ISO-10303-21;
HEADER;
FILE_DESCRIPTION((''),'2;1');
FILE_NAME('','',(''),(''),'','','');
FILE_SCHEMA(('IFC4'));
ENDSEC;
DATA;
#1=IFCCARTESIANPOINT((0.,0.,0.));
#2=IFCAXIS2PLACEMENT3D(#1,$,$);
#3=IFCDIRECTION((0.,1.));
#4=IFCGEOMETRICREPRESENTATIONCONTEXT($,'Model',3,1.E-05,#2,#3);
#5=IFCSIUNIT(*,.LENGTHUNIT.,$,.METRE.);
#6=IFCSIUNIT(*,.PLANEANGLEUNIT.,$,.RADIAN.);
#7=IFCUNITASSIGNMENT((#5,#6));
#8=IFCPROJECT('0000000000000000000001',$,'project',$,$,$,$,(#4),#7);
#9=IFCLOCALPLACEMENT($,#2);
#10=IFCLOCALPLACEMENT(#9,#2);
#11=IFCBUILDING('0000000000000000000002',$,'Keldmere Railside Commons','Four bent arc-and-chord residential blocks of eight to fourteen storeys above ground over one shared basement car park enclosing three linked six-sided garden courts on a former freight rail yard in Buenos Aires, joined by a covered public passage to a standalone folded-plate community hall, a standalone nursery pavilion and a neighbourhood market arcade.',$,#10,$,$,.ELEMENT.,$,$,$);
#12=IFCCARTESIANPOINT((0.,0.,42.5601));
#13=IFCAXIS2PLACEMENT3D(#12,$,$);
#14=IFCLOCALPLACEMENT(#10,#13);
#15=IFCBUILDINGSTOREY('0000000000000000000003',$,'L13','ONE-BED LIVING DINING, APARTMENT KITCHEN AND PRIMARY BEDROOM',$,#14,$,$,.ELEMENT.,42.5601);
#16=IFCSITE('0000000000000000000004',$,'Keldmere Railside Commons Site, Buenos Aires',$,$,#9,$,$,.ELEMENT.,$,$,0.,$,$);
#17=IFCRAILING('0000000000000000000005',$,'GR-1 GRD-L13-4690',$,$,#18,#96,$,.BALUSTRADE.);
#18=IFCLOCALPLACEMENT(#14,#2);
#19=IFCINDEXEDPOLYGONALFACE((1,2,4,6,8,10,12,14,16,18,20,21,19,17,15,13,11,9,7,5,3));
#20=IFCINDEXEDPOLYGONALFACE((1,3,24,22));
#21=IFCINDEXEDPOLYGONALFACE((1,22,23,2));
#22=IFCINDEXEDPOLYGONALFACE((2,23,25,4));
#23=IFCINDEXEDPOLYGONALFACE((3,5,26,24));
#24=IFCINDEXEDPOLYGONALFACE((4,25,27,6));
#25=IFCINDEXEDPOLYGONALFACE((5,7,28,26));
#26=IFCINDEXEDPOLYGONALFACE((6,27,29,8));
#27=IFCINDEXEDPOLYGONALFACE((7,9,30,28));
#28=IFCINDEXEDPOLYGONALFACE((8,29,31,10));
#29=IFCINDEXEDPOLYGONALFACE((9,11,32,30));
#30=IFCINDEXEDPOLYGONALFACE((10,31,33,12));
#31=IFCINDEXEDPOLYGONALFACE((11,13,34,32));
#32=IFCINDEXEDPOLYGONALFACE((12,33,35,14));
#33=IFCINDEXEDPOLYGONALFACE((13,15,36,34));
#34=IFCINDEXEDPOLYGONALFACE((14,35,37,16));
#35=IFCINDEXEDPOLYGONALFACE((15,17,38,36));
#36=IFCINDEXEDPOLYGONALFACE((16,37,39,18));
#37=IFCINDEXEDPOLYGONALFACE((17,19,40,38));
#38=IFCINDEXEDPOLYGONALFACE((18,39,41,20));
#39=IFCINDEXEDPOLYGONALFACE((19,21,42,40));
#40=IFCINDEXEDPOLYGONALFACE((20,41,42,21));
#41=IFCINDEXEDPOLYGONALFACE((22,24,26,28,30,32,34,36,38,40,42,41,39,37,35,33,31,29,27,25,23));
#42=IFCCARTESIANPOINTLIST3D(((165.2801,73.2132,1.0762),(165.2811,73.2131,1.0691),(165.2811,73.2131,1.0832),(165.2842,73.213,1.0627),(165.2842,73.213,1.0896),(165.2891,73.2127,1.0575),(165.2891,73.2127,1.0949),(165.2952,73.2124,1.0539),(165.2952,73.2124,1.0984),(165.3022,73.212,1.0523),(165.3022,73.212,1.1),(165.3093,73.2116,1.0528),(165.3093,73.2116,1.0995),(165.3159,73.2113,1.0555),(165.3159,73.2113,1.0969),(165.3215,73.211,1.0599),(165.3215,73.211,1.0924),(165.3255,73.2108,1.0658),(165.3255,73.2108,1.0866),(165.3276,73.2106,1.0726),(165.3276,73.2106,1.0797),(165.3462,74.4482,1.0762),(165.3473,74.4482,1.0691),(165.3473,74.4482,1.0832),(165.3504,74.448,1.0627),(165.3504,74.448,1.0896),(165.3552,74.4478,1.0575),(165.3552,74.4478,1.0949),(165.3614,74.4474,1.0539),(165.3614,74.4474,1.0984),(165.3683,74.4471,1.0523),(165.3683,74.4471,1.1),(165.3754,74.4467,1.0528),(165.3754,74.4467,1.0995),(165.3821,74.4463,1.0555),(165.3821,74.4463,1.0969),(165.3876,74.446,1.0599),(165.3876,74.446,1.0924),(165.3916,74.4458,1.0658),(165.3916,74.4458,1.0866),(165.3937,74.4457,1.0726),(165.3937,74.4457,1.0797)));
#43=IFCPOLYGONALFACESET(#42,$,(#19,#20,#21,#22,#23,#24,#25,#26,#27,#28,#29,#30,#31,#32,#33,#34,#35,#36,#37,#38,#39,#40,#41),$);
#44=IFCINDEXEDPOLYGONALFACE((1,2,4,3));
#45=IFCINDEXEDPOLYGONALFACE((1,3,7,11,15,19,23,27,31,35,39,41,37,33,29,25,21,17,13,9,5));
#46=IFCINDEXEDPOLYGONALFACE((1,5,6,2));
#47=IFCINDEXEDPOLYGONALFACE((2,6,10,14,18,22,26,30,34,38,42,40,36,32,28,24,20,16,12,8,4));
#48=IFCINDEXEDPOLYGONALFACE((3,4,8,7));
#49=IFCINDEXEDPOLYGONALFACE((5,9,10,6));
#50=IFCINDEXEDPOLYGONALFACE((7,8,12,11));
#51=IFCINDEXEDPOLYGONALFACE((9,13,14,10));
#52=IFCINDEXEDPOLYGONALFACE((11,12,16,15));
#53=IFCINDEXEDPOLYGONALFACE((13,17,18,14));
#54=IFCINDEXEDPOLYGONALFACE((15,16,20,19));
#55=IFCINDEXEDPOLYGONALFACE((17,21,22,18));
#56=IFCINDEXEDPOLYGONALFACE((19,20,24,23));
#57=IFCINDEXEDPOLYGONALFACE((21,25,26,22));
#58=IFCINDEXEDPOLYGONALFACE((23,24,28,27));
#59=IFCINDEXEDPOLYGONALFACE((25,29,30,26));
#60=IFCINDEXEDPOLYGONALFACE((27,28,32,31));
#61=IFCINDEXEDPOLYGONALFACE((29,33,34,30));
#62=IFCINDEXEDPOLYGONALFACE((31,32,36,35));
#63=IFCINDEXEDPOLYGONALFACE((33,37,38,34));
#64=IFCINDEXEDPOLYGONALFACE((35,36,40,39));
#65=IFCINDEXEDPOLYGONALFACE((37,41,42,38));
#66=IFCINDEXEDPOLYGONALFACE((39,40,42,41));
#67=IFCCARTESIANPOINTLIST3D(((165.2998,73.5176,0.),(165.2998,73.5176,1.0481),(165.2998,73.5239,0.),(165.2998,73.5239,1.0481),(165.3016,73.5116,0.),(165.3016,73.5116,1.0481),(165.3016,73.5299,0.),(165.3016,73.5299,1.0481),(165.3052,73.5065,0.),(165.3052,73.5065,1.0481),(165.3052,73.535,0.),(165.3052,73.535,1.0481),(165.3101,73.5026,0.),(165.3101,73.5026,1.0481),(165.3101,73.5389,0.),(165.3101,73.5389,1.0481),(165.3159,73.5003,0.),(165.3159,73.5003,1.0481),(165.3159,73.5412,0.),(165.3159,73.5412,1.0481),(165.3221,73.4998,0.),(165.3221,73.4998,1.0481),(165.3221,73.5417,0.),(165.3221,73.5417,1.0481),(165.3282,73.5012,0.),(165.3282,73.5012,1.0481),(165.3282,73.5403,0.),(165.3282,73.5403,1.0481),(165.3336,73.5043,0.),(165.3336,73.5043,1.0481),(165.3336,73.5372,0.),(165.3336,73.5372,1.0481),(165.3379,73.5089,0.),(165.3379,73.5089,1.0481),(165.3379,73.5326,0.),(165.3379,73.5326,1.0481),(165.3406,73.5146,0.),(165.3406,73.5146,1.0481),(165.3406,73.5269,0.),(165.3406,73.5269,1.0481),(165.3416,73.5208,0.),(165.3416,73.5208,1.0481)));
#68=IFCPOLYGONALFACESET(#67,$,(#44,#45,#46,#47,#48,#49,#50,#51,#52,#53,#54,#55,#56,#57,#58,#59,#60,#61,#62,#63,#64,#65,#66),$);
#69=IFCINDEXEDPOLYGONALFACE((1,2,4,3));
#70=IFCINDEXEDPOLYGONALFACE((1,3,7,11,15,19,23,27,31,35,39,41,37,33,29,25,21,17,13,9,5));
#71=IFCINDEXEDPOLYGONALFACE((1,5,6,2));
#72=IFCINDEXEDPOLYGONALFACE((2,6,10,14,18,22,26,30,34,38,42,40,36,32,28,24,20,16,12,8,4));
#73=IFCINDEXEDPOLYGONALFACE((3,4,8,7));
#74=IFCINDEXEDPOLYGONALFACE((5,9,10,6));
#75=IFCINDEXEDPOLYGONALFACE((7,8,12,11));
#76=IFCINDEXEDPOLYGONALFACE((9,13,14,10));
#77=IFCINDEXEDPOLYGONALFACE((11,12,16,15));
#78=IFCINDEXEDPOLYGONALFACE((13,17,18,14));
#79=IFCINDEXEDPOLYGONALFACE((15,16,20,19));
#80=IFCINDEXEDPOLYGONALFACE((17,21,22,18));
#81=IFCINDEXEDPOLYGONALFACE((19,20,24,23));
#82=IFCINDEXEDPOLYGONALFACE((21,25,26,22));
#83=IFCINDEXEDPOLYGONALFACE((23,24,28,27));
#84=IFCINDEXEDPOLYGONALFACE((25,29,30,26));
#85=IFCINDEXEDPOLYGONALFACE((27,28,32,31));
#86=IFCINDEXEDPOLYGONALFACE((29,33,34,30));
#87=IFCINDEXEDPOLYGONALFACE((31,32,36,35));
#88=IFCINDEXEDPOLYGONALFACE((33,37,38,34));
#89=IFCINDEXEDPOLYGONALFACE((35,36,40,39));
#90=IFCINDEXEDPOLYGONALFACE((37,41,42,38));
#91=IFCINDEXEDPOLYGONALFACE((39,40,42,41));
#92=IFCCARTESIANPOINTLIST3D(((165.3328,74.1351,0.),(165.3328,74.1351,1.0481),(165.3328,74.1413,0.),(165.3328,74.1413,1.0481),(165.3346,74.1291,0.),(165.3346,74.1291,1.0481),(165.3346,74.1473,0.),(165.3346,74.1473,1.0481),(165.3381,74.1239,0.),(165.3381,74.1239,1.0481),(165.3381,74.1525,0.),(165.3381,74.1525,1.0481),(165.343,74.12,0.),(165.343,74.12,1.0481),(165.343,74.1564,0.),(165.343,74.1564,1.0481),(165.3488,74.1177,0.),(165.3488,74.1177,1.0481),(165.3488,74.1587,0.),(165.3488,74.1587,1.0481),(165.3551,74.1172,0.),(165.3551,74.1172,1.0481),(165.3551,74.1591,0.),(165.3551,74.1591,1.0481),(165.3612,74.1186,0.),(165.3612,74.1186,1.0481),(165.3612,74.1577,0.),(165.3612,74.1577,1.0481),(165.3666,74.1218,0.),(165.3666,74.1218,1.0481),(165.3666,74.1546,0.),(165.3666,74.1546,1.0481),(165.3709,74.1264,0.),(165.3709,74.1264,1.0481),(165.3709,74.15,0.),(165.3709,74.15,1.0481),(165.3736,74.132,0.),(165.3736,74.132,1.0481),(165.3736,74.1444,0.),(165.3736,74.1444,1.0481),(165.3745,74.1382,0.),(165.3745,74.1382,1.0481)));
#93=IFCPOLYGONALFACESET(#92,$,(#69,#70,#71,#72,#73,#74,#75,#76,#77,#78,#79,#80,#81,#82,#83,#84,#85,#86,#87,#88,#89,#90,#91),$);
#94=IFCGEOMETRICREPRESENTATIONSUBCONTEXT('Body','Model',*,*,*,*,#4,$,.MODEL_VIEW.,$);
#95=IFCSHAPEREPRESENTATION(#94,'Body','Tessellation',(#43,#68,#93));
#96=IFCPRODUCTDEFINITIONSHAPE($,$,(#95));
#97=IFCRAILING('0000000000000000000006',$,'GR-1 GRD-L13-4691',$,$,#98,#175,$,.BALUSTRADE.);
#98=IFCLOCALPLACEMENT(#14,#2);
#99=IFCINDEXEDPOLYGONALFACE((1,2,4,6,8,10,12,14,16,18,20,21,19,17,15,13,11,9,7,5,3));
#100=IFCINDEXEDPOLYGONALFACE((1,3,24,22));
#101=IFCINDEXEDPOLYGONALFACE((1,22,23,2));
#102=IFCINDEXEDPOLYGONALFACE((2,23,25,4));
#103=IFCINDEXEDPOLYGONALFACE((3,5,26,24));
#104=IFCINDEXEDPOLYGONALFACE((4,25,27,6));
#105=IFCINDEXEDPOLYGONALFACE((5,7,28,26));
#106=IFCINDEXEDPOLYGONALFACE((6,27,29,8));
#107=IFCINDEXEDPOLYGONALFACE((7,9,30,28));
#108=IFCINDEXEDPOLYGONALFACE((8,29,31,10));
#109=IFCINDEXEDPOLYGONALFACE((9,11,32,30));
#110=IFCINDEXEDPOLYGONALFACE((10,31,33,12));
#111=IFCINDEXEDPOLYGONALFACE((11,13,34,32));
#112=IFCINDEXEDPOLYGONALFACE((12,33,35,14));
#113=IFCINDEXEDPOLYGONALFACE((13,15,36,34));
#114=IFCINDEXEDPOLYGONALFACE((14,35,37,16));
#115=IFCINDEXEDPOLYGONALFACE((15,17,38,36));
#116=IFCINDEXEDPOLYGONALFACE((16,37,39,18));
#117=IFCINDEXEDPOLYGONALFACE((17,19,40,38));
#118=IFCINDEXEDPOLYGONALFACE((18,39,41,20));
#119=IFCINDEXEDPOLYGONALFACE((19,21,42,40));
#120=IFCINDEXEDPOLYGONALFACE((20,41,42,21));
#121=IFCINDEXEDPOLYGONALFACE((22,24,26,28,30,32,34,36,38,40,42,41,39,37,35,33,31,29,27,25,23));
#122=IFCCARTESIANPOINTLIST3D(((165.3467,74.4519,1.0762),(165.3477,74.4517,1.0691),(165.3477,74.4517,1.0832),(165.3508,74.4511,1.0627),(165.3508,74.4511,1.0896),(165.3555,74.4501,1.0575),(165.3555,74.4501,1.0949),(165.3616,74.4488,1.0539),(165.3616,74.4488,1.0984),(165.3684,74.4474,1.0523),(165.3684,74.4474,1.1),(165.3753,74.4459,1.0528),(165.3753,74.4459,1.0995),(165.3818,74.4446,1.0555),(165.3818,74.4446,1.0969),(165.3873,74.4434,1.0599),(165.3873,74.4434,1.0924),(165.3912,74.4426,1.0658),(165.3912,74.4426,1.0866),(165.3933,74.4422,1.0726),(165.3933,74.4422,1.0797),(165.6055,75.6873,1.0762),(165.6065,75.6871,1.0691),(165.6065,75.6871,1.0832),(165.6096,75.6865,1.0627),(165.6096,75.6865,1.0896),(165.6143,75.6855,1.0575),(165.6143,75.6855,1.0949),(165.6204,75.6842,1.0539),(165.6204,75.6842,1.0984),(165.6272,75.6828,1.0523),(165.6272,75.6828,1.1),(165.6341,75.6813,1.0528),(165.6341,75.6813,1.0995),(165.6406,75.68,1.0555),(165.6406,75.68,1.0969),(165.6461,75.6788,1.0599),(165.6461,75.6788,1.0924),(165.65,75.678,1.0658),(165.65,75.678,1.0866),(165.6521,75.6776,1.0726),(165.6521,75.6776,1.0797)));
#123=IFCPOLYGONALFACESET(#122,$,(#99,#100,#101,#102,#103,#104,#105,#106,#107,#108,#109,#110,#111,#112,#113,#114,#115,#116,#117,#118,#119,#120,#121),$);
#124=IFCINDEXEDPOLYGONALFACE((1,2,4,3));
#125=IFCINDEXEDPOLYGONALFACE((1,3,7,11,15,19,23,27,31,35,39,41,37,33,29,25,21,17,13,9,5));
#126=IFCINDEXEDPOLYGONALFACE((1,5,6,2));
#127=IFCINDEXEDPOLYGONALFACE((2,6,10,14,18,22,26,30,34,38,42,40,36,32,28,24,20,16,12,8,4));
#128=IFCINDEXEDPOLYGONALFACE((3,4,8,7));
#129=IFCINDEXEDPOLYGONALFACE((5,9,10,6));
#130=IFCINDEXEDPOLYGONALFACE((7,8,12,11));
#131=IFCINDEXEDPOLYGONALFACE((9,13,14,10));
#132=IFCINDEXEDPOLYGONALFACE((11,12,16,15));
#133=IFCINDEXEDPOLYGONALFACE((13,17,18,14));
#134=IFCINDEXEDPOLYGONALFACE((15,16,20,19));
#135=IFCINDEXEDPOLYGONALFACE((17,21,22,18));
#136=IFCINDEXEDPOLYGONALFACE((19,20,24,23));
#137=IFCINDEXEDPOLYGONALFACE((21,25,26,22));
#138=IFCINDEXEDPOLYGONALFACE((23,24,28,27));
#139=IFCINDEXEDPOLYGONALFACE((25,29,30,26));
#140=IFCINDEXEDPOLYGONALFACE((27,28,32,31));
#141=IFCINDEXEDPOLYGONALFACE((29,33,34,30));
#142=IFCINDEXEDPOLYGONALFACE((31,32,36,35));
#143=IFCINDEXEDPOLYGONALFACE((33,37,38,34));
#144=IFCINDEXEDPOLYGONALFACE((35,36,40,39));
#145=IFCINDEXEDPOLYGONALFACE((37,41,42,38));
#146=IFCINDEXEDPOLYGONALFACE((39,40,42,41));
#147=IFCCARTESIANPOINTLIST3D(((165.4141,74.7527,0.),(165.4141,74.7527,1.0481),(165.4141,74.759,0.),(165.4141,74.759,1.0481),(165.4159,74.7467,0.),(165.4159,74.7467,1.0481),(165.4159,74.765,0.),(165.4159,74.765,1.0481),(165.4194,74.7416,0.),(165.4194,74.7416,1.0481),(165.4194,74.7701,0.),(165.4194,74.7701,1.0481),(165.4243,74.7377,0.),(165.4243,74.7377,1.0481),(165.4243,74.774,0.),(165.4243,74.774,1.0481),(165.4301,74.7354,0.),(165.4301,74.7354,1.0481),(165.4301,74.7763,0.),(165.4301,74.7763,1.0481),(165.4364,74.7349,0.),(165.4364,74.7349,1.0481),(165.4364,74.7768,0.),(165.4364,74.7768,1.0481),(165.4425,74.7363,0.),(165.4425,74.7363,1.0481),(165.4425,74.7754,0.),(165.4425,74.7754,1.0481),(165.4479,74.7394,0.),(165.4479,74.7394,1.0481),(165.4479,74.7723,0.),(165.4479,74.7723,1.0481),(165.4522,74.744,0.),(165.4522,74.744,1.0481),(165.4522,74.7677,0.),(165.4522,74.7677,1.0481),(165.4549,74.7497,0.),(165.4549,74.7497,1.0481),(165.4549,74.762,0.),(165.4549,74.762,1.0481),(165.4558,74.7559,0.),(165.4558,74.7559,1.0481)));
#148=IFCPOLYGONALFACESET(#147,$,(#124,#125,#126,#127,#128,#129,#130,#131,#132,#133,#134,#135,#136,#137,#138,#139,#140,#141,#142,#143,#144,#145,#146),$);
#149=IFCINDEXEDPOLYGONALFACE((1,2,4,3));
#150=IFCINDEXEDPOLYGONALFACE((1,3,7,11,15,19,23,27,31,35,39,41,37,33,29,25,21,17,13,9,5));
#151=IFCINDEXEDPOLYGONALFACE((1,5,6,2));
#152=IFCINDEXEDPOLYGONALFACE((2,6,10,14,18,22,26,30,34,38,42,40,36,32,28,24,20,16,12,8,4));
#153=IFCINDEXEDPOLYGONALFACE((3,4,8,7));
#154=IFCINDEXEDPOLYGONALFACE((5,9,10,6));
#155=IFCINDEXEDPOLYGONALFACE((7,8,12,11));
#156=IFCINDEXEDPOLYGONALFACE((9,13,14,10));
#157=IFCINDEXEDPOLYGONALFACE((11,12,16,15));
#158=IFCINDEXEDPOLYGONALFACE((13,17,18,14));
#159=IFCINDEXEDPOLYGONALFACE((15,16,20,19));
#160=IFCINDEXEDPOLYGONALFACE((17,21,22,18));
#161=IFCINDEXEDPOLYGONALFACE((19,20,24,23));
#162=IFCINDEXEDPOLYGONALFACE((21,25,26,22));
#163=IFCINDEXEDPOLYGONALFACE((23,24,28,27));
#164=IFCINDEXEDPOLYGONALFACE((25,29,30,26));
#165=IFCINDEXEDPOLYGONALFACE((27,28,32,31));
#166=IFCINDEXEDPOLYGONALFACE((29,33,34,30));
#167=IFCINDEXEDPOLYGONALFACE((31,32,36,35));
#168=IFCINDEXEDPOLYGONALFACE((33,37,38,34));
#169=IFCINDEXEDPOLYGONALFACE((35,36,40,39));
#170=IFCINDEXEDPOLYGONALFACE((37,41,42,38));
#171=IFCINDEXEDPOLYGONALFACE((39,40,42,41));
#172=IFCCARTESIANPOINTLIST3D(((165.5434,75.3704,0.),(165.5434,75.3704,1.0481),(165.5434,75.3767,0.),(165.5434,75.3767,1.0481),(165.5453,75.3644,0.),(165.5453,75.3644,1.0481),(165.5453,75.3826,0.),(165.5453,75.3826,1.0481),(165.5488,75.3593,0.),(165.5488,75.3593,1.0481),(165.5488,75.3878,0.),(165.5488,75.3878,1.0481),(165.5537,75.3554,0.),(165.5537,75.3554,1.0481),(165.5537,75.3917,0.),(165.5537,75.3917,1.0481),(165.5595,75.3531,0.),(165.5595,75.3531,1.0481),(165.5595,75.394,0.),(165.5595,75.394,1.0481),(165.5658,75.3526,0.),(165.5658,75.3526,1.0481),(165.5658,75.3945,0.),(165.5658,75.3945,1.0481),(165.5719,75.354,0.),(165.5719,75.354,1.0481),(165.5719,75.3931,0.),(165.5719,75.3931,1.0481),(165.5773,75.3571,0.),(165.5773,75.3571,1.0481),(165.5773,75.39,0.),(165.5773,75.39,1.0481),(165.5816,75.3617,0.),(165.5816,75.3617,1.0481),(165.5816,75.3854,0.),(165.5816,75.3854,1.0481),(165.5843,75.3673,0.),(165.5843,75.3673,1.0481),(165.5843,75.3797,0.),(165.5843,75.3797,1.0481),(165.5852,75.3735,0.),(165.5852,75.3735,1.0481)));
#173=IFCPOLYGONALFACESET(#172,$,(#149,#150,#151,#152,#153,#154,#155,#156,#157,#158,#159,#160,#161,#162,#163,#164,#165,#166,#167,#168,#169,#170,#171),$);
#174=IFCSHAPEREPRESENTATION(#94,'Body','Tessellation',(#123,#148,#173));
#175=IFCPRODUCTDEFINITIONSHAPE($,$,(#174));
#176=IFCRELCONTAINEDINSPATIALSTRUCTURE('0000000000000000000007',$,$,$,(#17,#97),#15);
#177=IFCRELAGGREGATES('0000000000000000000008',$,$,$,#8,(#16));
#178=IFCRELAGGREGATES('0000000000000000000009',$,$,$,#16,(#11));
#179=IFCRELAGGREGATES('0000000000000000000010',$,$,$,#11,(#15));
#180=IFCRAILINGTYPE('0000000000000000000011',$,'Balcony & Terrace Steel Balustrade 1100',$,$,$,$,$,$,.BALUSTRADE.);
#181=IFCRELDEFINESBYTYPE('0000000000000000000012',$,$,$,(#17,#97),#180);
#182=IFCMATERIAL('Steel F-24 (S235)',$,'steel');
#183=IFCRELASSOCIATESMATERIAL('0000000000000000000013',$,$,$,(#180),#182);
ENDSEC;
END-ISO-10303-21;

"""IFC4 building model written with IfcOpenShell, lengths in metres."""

from ifc_helpers import new_model, si_unit, direction, frame, origin, origin_2d, place, context, subcontext, project, spatial, circle, extrude, material, type_object, element, save


model = new_model("IFC4")

# Units and contexts
model_context = context("Model", 3, precision=1e-05, world=origin(), true_north=direction((0.0, 1.0)))
body_context = subcontext(model_context, "Body", "Model", "MODEL_VIEW")
ifc_project = project(units=[si_unit("LENGTHUNIT", "METRE"), si_unit("PLANEANGLEUNIT", "RADIAN")], contexts=[model_context])

# Site, building, storey
site_placement = place(None, origin())
site = spatial("IfcSite", under=ifc_project, at=site_placement, Name="Keldmere Railside Commons Site, Buenos Aires", CompositionType="ELEMENT", RefElevation=0.0)
building_placement = place(site_placement, origin())
building = spatial("IfcBuilding", under=site, at=building_placement, Name="Keldmere Railside Commons", Description="Four bent arc-and-chord residential blocks of eight to fourteen storeys above ground over one shared basement car park enclosing three linked six-sided garden courts on a former freight rail yard in Buenos Aires, joined by a covered public passage to a standalone folded-plate community hall, a standalone nursery pavilion and a neighbourhood market arcade.", CompositionType="ELEMENT")
storey_placement = place(building_placement, frame((0.0, 0.0, 42.5601)))
storey = spatial("IfcBuildingStorey", under=building, at=storey_placement, Name="L13", Description="ONE-BED LIVING DINING, APARTMENT KITCHEN AND PRIMARY BEDROOM", CompositionType="ELEMENT", Elevation=42.5601)

# Railings
ifc_material_1 = material(Name="Steel F-24 (S235)", Category="steel")
railing_type = type_object("IfcRailingType", Name="Balcony & Terrace Steel Balustrade 1100", PredefinedType="BALUSTRADE", material=ifc_material_1)
railing_1_placement = place(storey_placement, frame((165.304, 73.2119, 0.0)))
element("IfcRailing", 1, at=railing_1_placement, inside=storey, type_object=railing_type, Name="GR-1 GRD-L13-4690", PredefinedType="BALUSTRADE", context=body_context, shape_type="SweptSolid", body=[
    extrude(circle(Radius=0.0239, at=origin_2d()), frame((0.0, 0.0, 1.0762), z_axis=(0.053491, 0.998568, 0.0), x_axis=(-0.998568, 0.053491, 0.0)), (0.0, 0.0, 1.0), 1.2368),
    extrude(circle(Radius=0.021, at=origin_2d()), frame((0.0166, 0.3088, 0.0)), (0.0, 0.0, 1.0), 1.0481),
    extrude(circle(Radius=0.021, at=origin_2d()), frame((0.0496, 0.9263, 0.0)), (0.0, 0.0, 1.0), 1.0481),
])
railing_2_placement = place(storey_placement, frame((165.3701, 74.447, 0.0)))
element("IfcRailing", 2, at=railing_2_placement, inside=storey, type_object=railing_type, Name="GR-1 GRD-L13-4691", PredefinedType="BALUSTRADE", context=body_context, shape_type="SweptSolid", body=[
    extrude(circle(Radius=0.0239, at=origin_2d()), frame((0.0, 0.0, 1.0762), z_axis=(0.205036, 0.978755, 0.0), x_axis=(-0.978755, 0.205036, 0.0)), (0.0, 0.0, 1.0), 1.2622),
    extrude(circle(Radius=0.021, at=origin_2d()), frame((0.0647, 0.3088, 0.0)), (0.0, 0.0, 1.0), 1.0481),
    extrude(circle(Radius=0.021, at=origin_2d()), frame((0.1941, 0.9265, 0.0)), (0.0, 0.0, 1.0), 1.0481),
])

save(model, "model.ifc")
